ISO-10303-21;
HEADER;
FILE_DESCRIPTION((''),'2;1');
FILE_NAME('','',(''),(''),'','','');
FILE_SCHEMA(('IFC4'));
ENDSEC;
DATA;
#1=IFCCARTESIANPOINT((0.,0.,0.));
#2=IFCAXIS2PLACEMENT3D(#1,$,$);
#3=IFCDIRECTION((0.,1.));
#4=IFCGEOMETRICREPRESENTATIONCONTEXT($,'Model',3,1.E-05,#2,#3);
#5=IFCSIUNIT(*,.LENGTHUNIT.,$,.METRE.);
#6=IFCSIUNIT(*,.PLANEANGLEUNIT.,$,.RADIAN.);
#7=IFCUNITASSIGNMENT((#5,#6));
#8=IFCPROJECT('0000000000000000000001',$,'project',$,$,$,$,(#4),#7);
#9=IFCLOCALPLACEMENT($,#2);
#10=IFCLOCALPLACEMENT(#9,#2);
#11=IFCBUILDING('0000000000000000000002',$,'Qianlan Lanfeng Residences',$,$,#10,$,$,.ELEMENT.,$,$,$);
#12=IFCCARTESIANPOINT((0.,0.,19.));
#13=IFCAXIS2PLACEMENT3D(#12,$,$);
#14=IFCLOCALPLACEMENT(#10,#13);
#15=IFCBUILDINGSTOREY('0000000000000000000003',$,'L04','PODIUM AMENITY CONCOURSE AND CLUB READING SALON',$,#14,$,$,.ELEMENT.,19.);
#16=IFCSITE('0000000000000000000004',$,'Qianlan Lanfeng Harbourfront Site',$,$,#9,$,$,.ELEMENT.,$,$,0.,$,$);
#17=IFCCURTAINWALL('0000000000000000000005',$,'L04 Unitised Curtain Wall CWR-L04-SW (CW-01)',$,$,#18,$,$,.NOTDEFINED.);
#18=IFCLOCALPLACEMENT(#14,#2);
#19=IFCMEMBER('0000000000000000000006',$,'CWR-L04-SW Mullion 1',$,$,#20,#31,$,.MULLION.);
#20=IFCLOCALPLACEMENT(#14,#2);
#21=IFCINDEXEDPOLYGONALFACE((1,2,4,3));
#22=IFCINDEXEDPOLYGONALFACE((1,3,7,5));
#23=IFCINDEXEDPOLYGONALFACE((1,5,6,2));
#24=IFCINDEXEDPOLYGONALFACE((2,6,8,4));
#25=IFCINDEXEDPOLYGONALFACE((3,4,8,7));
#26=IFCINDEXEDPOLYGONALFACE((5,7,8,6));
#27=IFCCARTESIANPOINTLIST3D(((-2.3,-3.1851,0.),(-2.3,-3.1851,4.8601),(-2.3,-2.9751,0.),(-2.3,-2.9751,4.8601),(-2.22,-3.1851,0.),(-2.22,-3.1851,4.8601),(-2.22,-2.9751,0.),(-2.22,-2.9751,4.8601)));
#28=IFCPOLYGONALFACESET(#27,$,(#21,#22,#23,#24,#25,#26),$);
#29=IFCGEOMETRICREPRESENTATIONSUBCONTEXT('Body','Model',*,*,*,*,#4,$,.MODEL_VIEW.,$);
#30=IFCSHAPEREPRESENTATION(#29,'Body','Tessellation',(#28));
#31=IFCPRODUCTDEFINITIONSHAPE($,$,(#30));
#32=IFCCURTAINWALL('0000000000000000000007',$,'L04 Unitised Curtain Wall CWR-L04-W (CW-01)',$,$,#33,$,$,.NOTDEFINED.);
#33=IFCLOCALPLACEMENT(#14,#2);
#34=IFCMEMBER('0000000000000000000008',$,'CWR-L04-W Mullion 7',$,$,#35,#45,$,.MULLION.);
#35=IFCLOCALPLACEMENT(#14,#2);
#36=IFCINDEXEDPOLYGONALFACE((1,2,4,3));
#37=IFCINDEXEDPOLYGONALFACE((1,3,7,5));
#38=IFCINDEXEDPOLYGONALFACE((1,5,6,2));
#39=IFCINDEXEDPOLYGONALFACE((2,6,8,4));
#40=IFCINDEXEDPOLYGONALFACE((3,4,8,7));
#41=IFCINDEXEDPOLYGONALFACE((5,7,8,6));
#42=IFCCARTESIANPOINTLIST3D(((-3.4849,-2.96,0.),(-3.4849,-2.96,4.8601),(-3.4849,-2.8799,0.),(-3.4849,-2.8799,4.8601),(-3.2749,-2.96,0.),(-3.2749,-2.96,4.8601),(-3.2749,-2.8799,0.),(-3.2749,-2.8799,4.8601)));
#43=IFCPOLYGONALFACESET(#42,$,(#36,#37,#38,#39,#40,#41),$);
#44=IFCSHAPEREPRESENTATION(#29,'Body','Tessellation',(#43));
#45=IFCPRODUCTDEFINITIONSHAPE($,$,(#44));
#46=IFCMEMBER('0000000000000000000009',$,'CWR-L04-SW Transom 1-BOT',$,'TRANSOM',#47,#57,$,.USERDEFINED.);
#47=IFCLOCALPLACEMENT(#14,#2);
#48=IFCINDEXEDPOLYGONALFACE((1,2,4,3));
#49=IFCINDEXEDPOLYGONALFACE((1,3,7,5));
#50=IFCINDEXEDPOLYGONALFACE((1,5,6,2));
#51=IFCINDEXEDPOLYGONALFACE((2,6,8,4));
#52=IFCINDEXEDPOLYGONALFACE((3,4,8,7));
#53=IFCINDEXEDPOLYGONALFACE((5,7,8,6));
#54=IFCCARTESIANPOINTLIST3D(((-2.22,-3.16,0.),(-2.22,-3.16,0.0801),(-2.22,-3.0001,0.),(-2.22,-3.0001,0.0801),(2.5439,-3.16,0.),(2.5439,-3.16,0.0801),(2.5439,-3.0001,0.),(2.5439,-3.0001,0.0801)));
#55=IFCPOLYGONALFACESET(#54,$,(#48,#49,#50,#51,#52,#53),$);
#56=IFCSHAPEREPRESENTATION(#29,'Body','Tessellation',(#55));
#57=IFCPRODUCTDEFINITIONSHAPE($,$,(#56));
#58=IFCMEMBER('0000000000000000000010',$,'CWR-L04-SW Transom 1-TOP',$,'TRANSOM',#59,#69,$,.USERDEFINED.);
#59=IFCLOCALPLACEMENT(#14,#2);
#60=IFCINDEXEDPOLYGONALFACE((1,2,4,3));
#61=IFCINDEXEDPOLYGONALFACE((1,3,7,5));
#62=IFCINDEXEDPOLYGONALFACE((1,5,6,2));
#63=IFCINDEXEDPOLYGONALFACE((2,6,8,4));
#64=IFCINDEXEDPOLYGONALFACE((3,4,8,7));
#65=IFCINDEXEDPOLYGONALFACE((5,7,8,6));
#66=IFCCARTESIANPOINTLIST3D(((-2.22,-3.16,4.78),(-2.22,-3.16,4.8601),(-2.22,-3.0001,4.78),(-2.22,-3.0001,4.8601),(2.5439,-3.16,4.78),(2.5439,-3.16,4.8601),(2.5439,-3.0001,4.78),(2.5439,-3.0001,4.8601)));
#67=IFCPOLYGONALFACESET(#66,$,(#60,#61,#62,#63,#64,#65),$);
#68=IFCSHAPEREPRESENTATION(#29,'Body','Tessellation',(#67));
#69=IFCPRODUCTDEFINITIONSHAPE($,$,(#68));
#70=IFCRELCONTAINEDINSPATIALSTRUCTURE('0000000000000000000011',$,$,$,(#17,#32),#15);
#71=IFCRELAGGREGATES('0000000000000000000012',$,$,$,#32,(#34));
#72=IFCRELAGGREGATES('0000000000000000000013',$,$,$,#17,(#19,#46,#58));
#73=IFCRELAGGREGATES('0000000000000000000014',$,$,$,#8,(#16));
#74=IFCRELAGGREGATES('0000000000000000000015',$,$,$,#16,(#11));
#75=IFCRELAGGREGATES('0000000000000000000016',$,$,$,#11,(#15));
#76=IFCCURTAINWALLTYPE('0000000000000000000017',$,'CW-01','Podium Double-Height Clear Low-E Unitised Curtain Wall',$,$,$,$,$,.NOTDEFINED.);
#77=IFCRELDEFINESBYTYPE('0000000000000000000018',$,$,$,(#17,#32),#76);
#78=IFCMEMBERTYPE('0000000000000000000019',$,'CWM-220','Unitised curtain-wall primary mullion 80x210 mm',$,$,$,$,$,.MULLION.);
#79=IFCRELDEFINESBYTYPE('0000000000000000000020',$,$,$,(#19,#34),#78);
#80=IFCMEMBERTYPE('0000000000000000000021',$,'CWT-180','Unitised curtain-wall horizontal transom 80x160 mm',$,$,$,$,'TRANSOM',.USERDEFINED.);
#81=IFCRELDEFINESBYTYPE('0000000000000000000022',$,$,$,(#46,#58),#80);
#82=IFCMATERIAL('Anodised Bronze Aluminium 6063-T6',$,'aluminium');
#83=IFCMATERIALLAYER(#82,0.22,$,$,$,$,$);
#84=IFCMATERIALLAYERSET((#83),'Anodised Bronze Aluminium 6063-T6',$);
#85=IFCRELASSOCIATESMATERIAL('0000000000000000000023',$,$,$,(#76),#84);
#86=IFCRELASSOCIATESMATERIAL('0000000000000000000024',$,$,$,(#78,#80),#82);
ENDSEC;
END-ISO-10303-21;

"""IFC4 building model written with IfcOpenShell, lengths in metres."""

from ifc_helpers import new_model, si_unit, direction, frame, origin, origin_2d, place, context, subcontext, project, spatial, rectangle, extrude, source, transform, mapped, material, layer, layer_set, material_profile, profile_set, type_object, element, aggregate, save


model = new_model("IFC4")

# Units and contexts
model_context = context("Model", 3, precision=1e-05, world=origin(), true_north=direction((0.0, 1.0)))
body_context = subcontext(model_context, "Body", "Model", "MODEL_VIEW")
ifc_project = project(units=[si_unit("LENGTHUNIT", "METRE"), si_unit("PLANEANGLEUNIT", "RADIAN")], contexts=[model_context])

# Site, building, storey
site_placement = place(None, origin())
site = spatial("IfcSite", under=ifc_project, at=site_placement, Name="Qianlan Lanfeng Harbourfront Site", CompositionType="ELEMENT", RefElevation=0.0)
building_placement = place(site_placement, origin())
building = spatial("IfcBuilding", under=site, at=building_placement, Name="Qianlan Lanfeng Residences", CompositionType="ELEMENT")
storey_placement = place(building_placement, frame((0.0, 0.0, 19.0)))
storey = spatial("IfcBuildingStorey", under=building, at=storey_placement, Name="L04", Description="PODIUM AMENITY CONCOURSE AND CLUB READING SALON", CompositionType="ELEMENT", Elevation=19.0)

# Curtain walls, members
ifc_material_1 = material(Name="Anodised Bronze Aluminium 6063-T6", Category="aluminium")
ifc_layer_1 = layer(ifc_material_1, 0.22)
ifc_layer_set_1 = layer_set([ifc_layer_1], Name="Anodised Bronze Aluminium 6063-T6")
curtain_wall_type = type_object("IfcCurtainWallType", Name="CW-01", Description="Podium Double-Height Clear Low-E Unitised Curtain Wall", PredefinedType="NOTDEFINED", material=ifc_layer_set_1)
curtain_wall_1_placement = place(storey_placement, origin())
curtain_wall_1 = element("IfcCurtainWall", 1, at=curtain_wall_1_placement, inside=storey, type_object=curtain_wall_type, Name="L04 Unitised Curtain Wall CWR-L04-SW (CW-01)", PredefinedType="NOTDEFINED")
ifc_material_profile_1 = material_profile(ifc_material_1, rectangle(XDim=0.0801, YDim=0.21, at=origin_2d()), Name="ALU MULLION 80x210")
ifc_profile_set_1 = profile_set([ifc_material_profile_1], Name="Anodised Bronze Aluminium 6063-T6")
member_type_1 = type_object("IfcMemberType", Name="CWM-220", Description="Unitised curtain-wall primary mullion 80x210 mm", PredefinedType="MULLION", material=ifc_profile_set_1)
shared_shape_1 = source(origin(), body_context, "Body", "SweptSolid", [
    extrude(rectangle(XDim=0.0801, YDim=0.21, at=origin_2d()), origin(), (0.0, 0.0, 1.0), 4.8601),
])
member_1_placement = place(storey_placement, frame((-2.26, -3.0801, 0.0), z_axis=(0.0, 0.0, 1.0), x_axis=(1.0, 0.0, 0.0)))
member_1 = element("IfcMember", 2, at=member_1_placement, type_object=member_type_1, Name="CWR-L04-SW Mullion 1", PredefinedType="MULLION", context=body_context, shape_type="MappedRepresentation", body=[
    mapped(shared_shape_1, transform((0.0, 0.0, 0.0), scale=1.0)),
])
curtain_wall_2_placement = place(storey_placement, origin())
curtain_wall_2 = element("IfcCurtainWall", 3, at=curtain_wall_2_placement, inside=storey, type_object=curtain_wall_type, Name="L04 Unitised Curtain Wall CWR-L04-W (CW-01)", PredefinedType="NOTDEFINED")
member_2_placement = place(storey_placement, frame((-3.3799, -2.9199, 0.0), z_axis=(0.0, 0.0, 1.0), x_axis=(0.0, -1.0, 0.0)))
member_2 = element("IfcMember", 4, at=member_2_placement, type_object=member_type_1, Name="CWR-L04-W Mullion 7", PredefinedType="MULLION", context=body_context, shape_type="MappedRepresentation", body=[
    mapped(shared_shape_1, transform((0.0, 0.0, 0.0), scale=1.0)),
])
aggregate(curtain_wall_2, [member_2])

# Members
ifc_material_profile_2 = material_profile(ifc_material_1, rectangle(XDim=0.0801, YDim=0.1599, at=origin_2d()), Name="ALU TRANSOM 80x160")
ifc_profile_set_2 = profile_set([ifc_material_profile_2], Name="Anodised Bronze Aluminium 6063-T6")
member_type_2 = type_object("IfcMemberType", Name="CWT-180", Description="Unitised curtain-wall horizontal transom 80x160 mm", ElementType="TRANSOM", PredefinedType="USERDEFINED", material=ifc_profile_set_2)
shared_shape_2 = source(origin(), body_context, "Body", "SweptSolid", [
    extrude(rectangle(XDim=0.0801, YDim=0.1599, at=origin_2d()), origin(), (0.0, 0.0, 1.0), 4.7639),
])
member_3_placement = place(storey_placement, frame((-2.22, -3.0801, 0.04), z_axis=(1.0, 0.0, 0.0), x_axis=(0.0, 0.0, 1.0)))
member_3 = element("IfcMember", 5, at=member_3_placement, type_object=member_type_2, Name="CWR-L04-SW Transom 1-BOT", ObjectType="TRANSOM", PredefinedType="USERDEFINED", context=body_context, shape_type="MappedRepresentation", body=[
    mapped(shared_shape_2, transform((0.0, 0.0, 0.0), scale=1.0)),
])
member_4_placement = place(storey_placement, frame((-2.22, -3.0801, 4.8201), z_axis=(1.0, 0.0, 0.0), x_axis=(0.0, 0.0, 1.0)))
member_4 = element("IfcMember", 6, at=member_4_placement, type_object=member_type_2, Name="CWR-L04-SW Transom 1-TOP", ObjectType="TRANSOM", PredefinedType="USERDEFINED", context=body_context, shape_type="MappedRepresentation", body=[
    mapped(shared_shape_2, transform((0.0, 0.0, 0.0), scale=1.0)),
])
aggregate(curtain_wall_1, [member_1, member_3, member_4])

save(model, "model.ifc")
